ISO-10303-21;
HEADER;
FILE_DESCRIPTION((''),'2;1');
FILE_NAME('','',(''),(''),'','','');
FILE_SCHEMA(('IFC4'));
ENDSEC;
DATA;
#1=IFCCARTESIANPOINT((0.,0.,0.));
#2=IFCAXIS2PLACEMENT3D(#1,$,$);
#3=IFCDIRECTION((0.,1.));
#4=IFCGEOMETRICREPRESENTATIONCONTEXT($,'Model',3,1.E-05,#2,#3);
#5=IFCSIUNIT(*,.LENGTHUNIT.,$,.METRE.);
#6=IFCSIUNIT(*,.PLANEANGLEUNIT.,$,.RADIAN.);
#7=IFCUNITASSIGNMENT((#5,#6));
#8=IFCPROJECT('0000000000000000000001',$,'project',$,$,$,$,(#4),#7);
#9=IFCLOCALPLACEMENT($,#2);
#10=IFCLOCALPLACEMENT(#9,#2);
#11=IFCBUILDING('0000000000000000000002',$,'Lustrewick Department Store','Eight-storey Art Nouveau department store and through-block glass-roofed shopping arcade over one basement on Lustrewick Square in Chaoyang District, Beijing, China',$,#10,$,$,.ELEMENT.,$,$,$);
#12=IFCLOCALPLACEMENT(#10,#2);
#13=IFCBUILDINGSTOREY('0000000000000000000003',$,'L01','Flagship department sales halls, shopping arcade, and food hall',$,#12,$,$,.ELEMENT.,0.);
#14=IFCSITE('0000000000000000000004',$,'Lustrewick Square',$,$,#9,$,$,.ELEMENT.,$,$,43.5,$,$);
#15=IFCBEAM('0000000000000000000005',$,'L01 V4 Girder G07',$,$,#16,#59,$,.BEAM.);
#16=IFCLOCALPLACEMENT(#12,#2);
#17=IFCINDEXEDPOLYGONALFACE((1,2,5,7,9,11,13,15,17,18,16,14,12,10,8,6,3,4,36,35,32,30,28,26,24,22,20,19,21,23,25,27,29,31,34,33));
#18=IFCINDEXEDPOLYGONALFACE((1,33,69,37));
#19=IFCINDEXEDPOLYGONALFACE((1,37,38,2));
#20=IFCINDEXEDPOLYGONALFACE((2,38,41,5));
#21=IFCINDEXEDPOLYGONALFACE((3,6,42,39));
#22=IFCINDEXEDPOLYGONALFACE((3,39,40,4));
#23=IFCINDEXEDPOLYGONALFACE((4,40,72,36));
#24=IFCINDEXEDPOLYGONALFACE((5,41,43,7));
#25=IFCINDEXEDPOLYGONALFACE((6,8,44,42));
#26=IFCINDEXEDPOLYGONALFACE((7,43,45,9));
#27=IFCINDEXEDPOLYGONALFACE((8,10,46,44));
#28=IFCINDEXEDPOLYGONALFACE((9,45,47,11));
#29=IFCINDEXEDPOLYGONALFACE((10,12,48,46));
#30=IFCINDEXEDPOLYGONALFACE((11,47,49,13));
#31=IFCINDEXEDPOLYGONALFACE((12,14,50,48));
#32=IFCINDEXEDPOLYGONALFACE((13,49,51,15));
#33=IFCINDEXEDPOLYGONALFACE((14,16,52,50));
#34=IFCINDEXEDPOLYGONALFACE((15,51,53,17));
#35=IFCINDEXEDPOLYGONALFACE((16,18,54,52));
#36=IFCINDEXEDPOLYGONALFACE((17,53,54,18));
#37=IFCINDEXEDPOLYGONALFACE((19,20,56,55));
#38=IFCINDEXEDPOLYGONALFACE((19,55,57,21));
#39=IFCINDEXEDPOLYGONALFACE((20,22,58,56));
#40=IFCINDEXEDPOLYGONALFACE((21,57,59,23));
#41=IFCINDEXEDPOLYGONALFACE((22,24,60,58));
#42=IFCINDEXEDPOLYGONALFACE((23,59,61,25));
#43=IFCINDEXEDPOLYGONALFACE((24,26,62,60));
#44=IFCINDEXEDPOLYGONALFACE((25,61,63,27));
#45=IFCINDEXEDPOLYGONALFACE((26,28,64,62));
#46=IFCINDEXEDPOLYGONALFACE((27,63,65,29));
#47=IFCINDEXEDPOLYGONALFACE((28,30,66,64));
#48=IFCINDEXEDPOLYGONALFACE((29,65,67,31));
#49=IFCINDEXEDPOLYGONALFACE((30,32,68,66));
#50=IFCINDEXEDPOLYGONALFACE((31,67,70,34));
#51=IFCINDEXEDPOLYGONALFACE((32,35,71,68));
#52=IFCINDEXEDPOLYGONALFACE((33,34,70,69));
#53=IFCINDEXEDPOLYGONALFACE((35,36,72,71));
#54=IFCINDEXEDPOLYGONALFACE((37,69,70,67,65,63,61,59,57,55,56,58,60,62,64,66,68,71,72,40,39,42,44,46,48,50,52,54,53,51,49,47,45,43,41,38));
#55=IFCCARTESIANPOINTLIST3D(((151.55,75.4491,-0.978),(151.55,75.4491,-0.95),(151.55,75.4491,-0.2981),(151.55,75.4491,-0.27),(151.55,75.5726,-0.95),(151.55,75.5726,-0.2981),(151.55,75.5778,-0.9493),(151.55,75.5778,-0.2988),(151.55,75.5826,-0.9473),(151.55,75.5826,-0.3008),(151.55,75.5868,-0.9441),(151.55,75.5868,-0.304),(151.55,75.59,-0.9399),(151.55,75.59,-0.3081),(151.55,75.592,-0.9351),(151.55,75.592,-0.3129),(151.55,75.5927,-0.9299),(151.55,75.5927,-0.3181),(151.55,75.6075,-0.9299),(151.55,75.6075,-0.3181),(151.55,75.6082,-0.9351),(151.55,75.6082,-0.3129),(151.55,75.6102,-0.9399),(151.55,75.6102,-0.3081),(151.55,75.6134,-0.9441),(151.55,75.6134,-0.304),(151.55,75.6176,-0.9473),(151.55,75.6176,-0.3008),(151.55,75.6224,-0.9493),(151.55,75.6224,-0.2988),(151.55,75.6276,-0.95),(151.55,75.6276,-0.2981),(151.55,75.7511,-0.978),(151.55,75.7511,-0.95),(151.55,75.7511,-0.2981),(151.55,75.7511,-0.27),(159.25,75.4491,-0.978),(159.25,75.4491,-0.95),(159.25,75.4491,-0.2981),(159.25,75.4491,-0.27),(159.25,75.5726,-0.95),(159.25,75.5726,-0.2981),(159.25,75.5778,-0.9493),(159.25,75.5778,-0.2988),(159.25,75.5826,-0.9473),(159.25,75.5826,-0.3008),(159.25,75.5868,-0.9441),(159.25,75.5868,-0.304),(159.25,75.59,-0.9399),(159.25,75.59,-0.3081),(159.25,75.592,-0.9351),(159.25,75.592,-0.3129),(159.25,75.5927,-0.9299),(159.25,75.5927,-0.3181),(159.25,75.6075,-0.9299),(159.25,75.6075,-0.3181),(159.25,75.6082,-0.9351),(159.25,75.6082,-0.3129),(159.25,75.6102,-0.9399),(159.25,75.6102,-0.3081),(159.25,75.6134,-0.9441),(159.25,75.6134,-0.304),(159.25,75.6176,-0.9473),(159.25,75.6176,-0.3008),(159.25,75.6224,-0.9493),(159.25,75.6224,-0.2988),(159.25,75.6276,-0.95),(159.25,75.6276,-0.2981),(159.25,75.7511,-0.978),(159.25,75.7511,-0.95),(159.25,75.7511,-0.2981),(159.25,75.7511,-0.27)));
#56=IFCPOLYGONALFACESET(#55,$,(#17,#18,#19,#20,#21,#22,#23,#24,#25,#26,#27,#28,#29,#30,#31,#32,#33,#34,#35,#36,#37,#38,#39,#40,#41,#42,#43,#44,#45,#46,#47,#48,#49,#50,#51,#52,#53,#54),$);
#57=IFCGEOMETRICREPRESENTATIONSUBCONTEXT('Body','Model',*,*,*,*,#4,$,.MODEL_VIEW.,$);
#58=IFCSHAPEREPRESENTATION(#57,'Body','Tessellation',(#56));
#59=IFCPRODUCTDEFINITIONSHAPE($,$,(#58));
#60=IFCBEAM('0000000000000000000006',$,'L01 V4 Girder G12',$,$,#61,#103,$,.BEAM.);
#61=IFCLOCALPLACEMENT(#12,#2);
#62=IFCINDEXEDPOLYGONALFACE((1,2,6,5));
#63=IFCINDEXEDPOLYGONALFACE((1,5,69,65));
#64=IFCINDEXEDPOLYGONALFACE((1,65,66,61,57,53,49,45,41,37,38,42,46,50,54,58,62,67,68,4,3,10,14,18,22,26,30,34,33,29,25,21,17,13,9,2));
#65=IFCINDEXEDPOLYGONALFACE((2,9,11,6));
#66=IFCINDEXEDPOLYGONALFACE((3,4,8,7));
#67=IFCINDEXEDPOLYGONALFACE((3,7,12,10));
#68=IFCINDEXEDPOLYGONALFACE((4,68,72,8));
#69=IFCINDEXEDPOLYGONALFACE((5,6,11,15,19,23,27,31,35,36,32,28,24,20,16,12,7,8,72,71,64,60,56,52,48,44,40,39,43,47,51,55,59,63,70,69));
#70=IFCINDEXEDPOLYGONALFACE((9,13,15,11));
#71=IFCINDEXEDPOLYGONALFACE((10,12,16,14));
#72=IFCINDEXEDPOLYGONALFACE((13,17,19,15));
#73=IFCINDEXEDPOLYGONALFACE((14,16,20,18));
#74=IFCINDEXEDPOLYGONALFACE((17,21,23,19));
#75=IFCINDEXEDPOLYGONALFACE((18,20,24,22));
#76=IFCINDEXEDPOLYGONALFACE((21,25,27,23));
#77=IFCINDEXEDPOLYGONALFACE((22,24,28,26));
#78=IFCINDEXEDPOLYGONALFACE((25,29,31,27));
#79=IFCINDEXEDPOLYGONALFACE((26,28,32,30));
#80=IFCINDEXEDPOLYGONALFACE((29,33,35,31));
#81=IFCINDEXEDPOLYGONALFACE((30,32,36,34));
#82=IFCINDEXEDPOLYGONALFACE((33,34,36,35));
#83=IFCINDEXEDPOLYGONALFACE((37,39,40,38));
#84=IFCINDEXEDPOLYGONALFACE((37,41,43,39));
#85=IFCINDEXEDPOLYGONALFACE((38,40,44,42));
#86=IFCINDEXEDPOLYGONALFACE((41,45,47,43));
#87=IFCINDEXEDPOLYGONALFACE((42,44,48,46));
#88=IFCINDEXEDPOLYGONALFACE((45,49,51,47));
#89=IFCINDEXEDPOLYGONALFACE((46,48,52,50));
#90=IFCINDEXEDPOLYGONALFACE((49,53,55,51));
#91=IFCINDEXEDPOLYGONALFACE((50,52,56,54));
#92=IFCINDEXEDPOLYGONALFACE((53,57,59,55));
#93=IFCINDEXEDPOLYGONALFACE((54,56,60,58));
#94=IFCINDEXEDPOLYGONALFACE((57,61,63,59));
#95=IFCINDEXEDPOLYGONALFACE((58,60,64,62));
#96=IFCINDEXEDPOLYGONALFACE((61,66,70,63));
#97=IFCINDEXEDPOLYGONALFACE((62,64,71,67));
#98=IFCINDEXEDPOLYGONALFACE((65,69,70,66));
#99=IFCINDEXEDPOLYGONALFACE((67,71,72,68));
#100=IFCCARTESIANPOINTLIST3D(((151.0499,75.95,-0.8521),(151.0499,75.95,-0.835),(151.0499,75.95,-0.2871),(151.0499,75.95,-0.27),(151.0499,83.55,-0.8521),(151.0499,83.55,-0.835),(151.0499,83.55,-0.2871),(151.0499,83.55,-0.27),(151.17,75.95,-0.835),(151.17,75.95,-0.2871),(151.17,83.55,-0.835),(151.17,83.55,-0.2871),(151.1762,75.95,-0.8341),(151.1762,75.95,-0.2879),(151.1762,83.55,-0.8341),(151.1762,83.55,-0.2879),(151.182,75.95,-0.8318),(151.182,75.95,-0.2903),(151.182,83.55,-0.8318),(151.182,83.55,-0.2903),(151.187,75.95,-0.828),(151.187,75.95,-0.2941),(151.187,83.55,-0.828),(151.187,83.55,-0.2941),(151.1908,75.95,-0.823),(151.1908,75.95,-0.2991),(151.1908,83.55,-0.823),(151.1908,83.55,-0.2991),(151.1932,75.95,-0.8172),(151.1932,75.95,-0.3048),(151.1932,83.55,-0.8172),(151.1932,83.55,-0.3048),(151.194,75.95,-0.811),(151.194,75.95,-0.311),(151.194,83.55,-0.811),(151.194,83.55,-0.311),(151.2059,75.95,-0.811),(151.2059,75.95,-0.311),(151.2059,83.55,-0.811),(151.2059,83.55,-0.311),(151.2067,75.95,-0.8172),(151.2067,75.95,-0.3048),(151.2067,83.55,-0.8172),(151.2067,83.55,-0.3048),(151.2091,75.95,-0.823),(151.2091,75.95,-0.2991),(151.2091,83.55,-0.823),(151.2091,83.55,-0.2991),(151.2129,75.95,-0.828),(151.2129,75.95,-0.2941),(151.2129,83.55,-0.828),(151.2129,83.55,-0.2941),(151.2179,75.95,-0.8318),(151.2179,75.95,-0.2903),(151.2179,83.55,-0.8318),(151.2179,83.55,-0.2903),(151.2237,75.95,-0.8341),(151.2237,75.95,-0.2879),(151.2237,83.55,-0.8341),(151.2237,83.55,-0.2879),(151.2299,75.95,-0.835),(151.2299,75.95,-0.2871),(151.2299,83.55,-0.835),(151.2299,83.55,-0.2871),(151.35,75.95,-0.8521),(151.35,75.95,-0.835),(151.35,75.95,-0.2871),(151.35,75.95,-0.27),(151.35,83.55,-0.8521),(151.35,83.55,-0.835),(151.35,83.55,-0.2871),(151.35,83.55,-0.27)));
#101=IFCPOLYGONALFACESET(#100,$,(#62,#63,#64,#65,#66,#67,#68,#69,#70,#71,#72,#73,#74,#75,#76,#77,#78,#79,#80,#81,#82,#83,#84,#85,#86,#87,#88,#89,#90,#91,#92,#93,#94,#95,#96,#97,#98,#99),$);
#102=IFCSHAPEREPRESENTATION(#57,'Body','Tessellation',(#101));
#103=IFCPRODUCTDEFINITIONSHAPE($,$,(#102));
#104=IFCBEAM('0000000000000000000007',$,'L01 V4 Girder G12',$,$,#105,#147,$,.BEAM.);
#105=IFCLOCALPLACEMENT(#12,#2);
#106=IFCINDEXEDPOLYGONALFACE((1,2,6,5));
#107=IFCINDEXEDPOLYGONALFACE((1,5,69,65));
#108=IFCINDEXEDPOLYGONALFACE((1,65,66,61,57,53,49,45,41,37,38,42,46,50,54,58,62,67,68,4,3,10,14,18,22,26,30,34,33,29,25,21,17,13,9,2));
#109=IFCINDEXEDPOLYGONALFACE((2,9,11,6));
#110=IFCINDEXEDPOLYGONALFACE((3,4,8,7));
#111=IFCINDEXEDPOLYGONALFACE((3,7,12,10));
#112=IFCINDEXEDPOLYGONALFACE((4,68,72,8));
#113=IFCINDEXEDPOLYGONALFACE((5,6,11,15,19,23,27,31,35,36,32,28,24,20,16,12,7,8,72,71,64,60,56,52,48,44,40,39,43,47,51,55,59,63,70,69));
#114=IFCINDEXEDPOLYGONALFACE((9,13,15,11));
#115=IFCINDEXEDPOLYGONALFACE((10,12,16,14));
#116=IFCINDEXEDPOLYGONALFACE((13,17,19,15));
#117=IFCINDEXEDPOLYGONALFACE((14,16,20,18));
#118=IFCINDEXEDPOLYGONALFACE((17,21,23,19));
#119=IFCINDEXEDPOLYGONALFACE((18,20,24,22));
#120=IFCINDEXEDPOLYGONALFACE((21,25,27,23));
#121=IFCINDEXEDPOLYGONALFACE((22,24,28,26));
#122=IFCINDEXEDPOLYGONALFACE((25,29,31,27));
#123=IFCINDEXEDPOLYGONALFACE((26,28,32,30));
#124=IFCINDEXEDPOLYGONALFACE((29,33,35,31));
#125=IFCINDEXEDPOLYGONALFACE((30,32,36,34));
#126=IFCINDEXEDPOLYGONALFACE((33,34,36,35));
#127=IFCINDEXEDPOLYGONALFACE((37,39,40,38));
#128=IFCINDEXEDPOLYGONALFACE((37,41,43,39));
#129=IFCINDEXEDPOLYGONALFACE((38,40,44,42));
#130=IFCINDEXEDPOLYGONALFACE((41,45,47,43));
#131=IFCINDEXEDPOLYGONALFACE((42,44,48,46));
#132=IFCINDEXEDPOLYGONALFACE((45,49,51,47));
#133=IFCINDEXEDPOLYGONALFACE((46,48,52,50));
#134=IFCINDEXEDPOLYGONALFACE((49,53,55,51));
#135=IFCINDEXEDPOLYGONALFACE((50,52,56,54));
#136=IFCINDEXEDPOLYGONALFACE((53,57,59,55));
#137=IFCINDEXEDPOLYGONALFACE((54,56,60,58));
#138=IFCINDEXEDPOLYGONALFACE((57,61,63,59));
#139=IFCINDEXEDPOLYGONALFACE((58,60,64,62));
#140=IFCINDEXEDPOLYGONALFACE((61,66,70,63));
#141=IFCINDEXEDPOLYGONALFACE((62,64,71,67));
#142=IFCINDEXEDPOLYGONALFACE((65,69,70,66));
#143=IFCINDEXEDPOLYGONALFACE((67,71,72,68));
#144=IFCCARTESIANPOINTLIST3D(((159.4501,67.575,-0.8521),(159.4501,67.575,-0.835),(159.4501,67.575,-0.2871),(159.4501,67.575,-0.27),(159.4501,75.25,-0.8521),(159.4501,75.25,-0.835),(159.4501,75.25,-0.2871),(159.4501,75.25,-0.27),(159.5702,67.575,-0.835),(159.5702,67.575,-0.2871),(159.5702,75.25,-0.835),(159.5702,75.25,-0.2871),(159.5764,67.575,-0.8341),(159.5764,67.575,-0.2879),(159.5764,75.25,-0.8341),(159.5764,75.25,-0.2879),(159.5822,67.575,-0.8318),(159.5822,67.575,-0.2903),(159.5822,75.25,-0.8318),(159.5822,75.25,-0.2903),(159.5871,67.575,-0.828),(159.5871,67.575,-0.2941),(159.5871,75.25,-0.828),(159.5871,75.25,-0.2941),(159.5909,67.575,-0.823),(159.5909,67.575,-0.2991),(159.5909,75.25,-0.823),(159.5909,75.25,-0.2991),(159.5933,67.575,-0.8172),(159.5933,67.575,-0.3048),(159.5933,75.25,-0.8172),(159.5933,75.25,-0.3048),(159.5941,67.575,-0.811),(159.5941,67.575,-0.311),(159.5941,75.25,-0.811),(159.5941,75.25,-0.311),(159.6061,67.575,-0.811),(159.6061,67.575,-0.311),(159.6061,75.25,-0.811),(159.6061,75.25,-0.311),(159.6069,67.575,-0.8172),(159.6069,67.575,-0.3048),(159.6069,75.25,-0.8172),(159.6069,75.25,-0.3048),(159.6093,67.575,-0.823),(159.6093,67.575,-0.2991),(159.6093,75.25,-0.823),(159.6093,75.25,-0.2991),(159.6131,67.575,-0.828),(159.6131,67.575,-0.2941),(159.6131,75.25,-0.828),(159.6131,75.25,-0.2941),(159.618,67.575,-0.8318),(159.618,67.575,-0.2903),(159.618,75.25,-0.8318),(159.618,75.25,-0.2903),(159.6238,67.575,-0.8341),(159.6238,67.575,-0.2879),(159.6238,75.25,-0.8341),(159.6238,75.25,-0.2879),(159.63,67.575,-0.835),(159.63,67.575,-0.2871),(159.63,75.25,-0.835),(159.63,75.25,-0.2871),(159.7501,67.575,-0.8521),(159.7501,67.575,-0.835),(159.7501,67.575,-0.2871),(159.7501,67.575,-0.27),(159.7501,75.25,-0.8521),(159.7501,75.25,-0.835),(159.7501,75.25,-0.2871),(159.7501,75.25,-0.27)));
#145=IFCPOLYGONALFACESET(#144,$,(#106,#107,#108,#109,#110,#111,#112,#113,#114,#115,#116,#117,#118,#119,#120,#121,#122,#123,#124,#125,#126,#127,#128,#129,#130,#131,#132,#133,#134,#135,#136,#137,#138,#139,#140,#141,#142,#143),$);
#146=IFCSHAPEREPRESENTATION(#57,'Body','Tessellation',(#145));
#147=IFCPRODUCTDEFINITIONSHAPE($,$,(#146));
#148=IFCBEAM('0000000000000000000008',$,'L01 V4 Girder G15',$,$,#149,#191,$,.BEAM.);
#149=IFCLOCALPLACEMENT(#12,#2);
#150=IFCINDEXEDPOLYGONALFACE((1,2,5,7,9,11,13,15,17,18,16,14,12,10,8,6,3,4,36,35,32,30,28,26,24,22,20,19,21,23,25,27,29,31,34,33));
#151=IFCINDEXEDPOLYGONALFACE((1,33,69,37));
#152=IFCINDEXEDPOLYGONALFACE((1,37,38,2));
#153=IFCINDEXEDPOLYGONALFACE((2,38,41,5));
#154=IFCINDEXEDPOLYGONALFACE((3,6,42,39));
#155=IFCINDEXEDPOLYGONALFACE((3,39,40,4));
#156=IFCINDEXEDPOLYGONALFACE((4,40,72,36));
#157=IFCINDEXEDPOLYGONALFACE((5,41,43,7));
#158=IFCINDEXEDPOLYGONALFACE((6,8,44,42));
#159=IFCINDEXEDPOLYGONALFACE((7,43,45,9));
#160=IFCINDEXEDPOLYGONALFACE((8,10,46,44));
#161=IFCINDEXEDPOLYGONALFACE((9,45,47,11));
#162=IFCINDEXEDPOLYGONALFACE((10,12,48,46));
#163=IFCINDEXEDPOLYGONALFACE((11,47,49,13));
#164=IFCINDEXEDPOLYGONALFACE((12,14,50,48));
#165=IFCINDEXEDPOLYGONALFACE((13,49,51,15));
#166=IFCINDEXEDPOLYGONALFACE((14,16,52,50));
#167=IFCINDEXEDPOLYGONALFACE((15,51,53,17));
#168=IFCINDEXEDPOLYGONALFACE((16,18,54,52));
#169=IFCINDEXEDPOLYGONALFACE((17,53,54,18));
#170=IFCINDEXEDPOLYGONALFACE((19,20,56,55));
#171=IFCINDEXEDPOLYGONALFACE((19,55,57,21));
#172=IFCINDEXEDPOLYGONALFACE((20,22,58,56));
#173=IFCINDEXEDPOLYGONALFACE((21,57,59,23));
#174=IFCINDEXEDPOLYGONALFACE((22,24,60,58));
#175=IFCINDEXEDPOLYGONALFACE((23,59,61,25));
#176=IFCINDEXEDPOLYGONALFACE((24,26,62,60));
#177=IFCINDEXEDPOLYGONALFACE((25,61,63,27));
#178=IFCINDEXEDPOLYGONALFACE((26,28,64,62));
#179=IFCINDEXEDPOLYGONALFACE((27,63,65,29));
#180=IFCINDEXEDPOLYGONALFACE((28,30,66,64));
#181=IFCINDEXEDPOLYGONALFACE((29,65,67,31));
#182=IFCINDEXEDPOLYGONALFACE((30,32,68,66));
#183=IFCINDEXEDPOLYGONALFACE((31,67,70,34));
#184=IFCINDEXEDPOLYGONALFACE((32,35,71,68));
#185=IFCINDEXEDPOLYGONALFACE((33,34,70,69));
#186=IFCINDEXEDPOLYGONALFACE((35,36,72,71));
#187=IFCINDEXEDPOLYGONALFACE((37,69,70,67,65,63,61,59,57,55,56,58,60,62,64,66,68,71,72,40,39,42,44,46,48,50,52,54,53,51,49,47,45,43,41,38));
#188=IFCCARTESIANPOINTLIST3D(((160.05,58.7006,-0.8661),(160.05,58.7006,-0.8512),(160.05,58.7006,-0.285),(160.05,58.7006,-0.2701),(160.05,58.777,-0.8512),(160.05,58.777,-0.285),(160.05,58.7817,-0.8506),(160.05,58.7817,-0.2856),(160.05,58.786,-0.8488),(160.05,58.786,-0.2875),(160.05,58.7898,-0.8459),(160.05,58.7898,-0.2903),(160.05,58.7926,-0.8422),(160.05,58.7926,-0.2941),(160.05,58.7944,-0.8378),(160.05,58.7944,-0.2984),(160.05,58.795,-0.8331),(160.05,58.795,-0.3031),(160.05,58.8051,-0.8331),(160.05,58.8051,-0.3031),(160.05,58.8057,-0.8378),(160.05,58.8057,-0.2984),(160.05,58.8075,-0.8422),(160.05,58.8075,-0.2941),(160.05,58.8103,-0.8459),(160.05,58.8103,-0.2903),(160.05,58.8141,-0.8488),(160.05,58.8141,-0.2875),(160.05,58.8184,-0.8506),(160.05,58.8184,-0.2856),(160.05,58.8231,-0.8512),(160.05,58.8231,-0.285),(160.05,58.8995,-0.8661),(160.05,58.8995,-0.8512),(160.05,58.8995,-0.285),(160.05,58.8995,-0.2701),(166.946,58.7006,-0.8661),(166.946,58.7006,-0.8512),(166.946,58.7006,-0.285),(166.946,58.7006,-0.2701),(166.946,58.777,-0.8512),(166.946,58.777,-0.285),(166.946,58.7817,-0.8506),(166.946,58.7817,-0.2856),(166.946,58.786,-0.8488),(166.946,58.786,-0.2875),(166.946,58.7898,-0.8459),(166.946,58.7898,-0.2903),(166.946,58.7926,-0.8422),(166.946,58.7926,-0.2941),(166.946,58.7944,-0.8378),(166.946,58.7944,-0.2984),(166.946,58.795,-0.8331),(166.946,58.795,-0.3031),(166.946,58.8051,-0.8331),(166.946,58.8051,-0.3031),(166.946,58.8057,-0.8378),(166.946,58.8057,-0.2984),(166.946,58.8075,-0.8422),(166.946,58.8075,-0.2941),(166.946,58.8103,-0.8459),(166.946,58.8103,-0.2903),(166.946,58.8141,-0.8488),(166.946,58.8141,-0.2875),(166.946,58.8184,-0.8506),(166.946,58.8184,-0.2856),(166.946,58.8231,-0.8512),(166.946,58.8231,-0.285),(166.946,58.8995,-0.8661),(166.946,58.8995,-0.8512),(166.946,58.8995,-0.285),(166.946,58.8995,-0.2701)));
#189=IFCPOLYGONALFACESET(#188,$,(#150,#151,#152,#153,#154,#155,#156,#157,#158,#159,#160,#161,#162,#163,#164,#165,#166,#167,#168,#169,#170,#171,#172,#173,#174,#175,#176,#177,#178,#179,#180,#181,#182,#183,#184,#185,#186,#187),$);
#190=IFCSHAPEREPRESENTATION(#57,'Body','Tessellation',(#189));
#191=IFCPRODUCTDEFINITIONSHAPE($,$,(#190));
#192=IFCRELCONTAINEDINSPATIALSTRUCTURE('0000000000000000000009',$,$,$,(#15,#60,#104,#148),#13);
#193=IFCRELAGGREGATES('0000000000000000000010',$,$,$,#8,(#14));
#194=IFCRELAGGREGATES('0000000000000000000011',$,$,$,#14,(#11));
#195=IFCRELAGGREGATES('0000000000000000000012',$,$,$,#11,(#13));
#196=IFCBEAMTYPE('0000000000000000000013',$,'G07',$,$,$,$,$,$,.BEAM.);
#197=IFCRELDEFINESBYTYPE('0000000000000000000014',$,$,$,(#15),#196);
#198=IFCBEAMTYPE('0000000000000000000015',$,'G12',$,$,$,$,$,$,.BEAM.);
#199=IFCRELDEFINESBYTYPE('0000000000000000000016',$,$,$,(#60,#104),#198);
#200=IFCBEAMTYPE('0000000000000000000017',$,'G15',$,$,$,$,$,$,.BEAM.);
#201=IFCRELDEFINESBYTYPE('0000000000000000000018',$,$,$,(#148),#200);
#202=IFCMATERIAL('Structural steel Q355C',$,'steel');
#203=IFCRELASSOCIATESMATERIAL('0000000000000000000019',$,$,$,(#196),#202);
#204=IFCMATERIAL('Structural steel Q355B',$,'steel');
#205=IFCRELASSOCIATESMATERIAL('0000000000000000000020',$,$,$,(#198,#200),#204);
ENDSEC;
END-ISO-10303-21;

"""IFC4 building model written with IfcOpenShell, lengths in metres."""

from ifc_helpers import new_model, si_unit, direction, frame, origin, origin_2d, place, context, subcontext, project, spatial, i_section, extrude, material, material_profile, profile_set, type_object, element, save


model = new_model("IFC4")

# Units and contexts
model_context = context("Model", 3, precision=1e-05, world=origin(), true_north=direction((0.0, 1.0)))
body_context = subcontext(model_context, "Body", "Model", "MODEL_VIEW")
ifc_project = project(units=[si_unit("LENGTHUNIT", "METRE"), si_unit("PLANEANGLEUNIT", "RADIAN")], contexts=[model_context])

# Site, building, storey
site_placement = place(None, origin())
site = spatial("IfcSite", under=ifc_project, at=site_placement, Name="Lustrewick Square", CompositionType="ELEMENT", RefElevation=43.5)
building_placement = place(site_placement, origin())
building = spatial("IfcBuilding", under=site, at=building_placement, Name="Lustrewick Department Store", Description="Eight-storey Art Nouveau department store and through-block glass-roofed shopping arcade over one basement on Lustrewick Square in Chaoyang District, Beijing, China", CompositionType="ELEMENT")
storey_placement = place(building_placement, origin())
storey = spatial("IfcBuildingStorey", under=building, at=storey_placement, Name="L01", Description="Flagship department sales halls, shopping arcade, and food hall", CompositionType="ELEMENT", Elevation=0.0)

# Shared definitions
ifc_material_1 = material(Name="Structural steel Q355C", Category="steel")
ifc_material_2 = material(Name="Structural steel Q355B", Category="steel")

# Beams
ifc_material_profile_1 = material_profile(ifc_material_1, i_section(OverallWidth=0.302, OverallDepth=0.708, WebThickness=0.0149, FlangeThickness=0.0281, FilletRadius=0.02, at=origin_2d()), Name="HN 708x302x15x28")
ifc_profile_set_1 = profile_set([ifc_material_profile_1], Name="Structural steel Q355C")
beam_type_1 = type_object("IfcBeamType", Name="G07", PredefinedType="BEAM", material=ifc_profile_set_1)
beam_1_placement = place(storey_placement, frame((151.55, 75.6001, -0.624), z_axis=(1.0, 0.0, 0.0), x_axis=(0.0, 1.0, 0.0)))
element("IfcBeam", 1, at=beam_1_placement, inside=storey, type_object=beam_type_1, Name="L01 V4 Girder G07", PredefinedType="BEAM", context=body_context, shape_type="SweptSolid", body=[
    extrude(i_section(OverallWidth=0.302, OverallDepth=0.708, WebThickness=0.0149, FlangeThickness=0.0281, FilletRadius=0.02, at=origin_2d()), origin(), (0.0, 0.0, 1.0), 7.7),
])
ifc_material_profile_2 = material_profile(ifc_material_2, i_section(OverallWidth=0.3, OverallDepth=0.582, WebThickness=0.012, FlangeThickness=0.0171, FilletRadius=0.0239, at=origin_2d()), Name="HM 582x300x12x17")
ifc_profile_set_2 = profile_set([ifc_material_profile_2], Name="Structural steel Q355B")
beam_type_2 = type_object("IfcBeamType", Name="G12", PredefinedType="BEAM", material=ifc_profile_set_2)
beam_2_placement = place(storey_placement, frame((151.2, 75.95, -0.561), z_axis=(0.0, 1.0, 0.0), x_axis=(-1.0, 0.0, 0.0)))
element("IfcBeam", 2, at=beam_2_placement, inside=storey, type_object=beam_type_2, Name="L01 V4 Girder G12", PredefinedType="BEAM", context=body_context, shape_type="SweptSolid", body=[
    extrude(i_section(OverallWidth=0.3, OverallDepth=0.582, WebThickness=0.012, FlangeThickness=0.0171, FilletRadius=0.0239, at=origin_2d()), origin(), (0.0, 0.0, 1.0), 7.6001),
])
beam_3_placement = place(storey_placement, frame((159.6001, 67.575, -0.561), z_axis=(0.0, 1.0, 0.0), x_axis=(-1.0, 0.0, 0.0)))
element("IfcBeam", 3, at=beam_3_placement, inside=storey, type_object=beam_type_2, Name="L01 V4 Girder G12", PredefinedType="BEAM", context=body_context, shape_type="SweptSolid", body=[
    extrude(i_section(OverallWidth=0.3, OverallDepth=0.582, WebThickness=0.012, FlangeThickness=0.0171, FilletRadius=0.0239, at=origin_2d()), origin(), (0.0, 0.0, 1.0), 7.675),
])
ifc_material_profile_3 = material_profile(ifc_material_2, i_section(OverallWidth=0.199, OverallDepth=0.5959, WebThickness=0.01, FlangeThickness=0.0149, FilletRadius=0.0181, at=origin_2d()), Name="HN 596x199x10x15")
ifc_profile_set_3 = profile_set([ifc_material_profile_3], Name="Structural steel Q355B")
beam_type_3 = type_object("IfcBeamType", Name="G15", PredefinedType="BEAM", material=ifc_profile_set_3)
beam_4_placement = place(storey_placement, frame((160.05, 58.8, -0.5681), z_axis=(1.0, 0.0, 0.0), x_axis=(0.0, 1.0, 0.0)))
element("IfcBeam", 4, at=beam_4_placement, inside=storey, type_object=beam_type_3, Name="L01 V4 Girder G15", PredefinedType="BEAM", context=body_context, shape_type="SweptSolid", body=[
    extrude(i_section(OverallWidth=0.199, OverallDepth=0.5959, WebThickness=0.01, FlangeThickness=0.0149, FilletRadius=0.0181, at=origin_2d()), origin(), (0.0, 0.0, 1.0), 6.896),
])

save(model, "model.ifc")
